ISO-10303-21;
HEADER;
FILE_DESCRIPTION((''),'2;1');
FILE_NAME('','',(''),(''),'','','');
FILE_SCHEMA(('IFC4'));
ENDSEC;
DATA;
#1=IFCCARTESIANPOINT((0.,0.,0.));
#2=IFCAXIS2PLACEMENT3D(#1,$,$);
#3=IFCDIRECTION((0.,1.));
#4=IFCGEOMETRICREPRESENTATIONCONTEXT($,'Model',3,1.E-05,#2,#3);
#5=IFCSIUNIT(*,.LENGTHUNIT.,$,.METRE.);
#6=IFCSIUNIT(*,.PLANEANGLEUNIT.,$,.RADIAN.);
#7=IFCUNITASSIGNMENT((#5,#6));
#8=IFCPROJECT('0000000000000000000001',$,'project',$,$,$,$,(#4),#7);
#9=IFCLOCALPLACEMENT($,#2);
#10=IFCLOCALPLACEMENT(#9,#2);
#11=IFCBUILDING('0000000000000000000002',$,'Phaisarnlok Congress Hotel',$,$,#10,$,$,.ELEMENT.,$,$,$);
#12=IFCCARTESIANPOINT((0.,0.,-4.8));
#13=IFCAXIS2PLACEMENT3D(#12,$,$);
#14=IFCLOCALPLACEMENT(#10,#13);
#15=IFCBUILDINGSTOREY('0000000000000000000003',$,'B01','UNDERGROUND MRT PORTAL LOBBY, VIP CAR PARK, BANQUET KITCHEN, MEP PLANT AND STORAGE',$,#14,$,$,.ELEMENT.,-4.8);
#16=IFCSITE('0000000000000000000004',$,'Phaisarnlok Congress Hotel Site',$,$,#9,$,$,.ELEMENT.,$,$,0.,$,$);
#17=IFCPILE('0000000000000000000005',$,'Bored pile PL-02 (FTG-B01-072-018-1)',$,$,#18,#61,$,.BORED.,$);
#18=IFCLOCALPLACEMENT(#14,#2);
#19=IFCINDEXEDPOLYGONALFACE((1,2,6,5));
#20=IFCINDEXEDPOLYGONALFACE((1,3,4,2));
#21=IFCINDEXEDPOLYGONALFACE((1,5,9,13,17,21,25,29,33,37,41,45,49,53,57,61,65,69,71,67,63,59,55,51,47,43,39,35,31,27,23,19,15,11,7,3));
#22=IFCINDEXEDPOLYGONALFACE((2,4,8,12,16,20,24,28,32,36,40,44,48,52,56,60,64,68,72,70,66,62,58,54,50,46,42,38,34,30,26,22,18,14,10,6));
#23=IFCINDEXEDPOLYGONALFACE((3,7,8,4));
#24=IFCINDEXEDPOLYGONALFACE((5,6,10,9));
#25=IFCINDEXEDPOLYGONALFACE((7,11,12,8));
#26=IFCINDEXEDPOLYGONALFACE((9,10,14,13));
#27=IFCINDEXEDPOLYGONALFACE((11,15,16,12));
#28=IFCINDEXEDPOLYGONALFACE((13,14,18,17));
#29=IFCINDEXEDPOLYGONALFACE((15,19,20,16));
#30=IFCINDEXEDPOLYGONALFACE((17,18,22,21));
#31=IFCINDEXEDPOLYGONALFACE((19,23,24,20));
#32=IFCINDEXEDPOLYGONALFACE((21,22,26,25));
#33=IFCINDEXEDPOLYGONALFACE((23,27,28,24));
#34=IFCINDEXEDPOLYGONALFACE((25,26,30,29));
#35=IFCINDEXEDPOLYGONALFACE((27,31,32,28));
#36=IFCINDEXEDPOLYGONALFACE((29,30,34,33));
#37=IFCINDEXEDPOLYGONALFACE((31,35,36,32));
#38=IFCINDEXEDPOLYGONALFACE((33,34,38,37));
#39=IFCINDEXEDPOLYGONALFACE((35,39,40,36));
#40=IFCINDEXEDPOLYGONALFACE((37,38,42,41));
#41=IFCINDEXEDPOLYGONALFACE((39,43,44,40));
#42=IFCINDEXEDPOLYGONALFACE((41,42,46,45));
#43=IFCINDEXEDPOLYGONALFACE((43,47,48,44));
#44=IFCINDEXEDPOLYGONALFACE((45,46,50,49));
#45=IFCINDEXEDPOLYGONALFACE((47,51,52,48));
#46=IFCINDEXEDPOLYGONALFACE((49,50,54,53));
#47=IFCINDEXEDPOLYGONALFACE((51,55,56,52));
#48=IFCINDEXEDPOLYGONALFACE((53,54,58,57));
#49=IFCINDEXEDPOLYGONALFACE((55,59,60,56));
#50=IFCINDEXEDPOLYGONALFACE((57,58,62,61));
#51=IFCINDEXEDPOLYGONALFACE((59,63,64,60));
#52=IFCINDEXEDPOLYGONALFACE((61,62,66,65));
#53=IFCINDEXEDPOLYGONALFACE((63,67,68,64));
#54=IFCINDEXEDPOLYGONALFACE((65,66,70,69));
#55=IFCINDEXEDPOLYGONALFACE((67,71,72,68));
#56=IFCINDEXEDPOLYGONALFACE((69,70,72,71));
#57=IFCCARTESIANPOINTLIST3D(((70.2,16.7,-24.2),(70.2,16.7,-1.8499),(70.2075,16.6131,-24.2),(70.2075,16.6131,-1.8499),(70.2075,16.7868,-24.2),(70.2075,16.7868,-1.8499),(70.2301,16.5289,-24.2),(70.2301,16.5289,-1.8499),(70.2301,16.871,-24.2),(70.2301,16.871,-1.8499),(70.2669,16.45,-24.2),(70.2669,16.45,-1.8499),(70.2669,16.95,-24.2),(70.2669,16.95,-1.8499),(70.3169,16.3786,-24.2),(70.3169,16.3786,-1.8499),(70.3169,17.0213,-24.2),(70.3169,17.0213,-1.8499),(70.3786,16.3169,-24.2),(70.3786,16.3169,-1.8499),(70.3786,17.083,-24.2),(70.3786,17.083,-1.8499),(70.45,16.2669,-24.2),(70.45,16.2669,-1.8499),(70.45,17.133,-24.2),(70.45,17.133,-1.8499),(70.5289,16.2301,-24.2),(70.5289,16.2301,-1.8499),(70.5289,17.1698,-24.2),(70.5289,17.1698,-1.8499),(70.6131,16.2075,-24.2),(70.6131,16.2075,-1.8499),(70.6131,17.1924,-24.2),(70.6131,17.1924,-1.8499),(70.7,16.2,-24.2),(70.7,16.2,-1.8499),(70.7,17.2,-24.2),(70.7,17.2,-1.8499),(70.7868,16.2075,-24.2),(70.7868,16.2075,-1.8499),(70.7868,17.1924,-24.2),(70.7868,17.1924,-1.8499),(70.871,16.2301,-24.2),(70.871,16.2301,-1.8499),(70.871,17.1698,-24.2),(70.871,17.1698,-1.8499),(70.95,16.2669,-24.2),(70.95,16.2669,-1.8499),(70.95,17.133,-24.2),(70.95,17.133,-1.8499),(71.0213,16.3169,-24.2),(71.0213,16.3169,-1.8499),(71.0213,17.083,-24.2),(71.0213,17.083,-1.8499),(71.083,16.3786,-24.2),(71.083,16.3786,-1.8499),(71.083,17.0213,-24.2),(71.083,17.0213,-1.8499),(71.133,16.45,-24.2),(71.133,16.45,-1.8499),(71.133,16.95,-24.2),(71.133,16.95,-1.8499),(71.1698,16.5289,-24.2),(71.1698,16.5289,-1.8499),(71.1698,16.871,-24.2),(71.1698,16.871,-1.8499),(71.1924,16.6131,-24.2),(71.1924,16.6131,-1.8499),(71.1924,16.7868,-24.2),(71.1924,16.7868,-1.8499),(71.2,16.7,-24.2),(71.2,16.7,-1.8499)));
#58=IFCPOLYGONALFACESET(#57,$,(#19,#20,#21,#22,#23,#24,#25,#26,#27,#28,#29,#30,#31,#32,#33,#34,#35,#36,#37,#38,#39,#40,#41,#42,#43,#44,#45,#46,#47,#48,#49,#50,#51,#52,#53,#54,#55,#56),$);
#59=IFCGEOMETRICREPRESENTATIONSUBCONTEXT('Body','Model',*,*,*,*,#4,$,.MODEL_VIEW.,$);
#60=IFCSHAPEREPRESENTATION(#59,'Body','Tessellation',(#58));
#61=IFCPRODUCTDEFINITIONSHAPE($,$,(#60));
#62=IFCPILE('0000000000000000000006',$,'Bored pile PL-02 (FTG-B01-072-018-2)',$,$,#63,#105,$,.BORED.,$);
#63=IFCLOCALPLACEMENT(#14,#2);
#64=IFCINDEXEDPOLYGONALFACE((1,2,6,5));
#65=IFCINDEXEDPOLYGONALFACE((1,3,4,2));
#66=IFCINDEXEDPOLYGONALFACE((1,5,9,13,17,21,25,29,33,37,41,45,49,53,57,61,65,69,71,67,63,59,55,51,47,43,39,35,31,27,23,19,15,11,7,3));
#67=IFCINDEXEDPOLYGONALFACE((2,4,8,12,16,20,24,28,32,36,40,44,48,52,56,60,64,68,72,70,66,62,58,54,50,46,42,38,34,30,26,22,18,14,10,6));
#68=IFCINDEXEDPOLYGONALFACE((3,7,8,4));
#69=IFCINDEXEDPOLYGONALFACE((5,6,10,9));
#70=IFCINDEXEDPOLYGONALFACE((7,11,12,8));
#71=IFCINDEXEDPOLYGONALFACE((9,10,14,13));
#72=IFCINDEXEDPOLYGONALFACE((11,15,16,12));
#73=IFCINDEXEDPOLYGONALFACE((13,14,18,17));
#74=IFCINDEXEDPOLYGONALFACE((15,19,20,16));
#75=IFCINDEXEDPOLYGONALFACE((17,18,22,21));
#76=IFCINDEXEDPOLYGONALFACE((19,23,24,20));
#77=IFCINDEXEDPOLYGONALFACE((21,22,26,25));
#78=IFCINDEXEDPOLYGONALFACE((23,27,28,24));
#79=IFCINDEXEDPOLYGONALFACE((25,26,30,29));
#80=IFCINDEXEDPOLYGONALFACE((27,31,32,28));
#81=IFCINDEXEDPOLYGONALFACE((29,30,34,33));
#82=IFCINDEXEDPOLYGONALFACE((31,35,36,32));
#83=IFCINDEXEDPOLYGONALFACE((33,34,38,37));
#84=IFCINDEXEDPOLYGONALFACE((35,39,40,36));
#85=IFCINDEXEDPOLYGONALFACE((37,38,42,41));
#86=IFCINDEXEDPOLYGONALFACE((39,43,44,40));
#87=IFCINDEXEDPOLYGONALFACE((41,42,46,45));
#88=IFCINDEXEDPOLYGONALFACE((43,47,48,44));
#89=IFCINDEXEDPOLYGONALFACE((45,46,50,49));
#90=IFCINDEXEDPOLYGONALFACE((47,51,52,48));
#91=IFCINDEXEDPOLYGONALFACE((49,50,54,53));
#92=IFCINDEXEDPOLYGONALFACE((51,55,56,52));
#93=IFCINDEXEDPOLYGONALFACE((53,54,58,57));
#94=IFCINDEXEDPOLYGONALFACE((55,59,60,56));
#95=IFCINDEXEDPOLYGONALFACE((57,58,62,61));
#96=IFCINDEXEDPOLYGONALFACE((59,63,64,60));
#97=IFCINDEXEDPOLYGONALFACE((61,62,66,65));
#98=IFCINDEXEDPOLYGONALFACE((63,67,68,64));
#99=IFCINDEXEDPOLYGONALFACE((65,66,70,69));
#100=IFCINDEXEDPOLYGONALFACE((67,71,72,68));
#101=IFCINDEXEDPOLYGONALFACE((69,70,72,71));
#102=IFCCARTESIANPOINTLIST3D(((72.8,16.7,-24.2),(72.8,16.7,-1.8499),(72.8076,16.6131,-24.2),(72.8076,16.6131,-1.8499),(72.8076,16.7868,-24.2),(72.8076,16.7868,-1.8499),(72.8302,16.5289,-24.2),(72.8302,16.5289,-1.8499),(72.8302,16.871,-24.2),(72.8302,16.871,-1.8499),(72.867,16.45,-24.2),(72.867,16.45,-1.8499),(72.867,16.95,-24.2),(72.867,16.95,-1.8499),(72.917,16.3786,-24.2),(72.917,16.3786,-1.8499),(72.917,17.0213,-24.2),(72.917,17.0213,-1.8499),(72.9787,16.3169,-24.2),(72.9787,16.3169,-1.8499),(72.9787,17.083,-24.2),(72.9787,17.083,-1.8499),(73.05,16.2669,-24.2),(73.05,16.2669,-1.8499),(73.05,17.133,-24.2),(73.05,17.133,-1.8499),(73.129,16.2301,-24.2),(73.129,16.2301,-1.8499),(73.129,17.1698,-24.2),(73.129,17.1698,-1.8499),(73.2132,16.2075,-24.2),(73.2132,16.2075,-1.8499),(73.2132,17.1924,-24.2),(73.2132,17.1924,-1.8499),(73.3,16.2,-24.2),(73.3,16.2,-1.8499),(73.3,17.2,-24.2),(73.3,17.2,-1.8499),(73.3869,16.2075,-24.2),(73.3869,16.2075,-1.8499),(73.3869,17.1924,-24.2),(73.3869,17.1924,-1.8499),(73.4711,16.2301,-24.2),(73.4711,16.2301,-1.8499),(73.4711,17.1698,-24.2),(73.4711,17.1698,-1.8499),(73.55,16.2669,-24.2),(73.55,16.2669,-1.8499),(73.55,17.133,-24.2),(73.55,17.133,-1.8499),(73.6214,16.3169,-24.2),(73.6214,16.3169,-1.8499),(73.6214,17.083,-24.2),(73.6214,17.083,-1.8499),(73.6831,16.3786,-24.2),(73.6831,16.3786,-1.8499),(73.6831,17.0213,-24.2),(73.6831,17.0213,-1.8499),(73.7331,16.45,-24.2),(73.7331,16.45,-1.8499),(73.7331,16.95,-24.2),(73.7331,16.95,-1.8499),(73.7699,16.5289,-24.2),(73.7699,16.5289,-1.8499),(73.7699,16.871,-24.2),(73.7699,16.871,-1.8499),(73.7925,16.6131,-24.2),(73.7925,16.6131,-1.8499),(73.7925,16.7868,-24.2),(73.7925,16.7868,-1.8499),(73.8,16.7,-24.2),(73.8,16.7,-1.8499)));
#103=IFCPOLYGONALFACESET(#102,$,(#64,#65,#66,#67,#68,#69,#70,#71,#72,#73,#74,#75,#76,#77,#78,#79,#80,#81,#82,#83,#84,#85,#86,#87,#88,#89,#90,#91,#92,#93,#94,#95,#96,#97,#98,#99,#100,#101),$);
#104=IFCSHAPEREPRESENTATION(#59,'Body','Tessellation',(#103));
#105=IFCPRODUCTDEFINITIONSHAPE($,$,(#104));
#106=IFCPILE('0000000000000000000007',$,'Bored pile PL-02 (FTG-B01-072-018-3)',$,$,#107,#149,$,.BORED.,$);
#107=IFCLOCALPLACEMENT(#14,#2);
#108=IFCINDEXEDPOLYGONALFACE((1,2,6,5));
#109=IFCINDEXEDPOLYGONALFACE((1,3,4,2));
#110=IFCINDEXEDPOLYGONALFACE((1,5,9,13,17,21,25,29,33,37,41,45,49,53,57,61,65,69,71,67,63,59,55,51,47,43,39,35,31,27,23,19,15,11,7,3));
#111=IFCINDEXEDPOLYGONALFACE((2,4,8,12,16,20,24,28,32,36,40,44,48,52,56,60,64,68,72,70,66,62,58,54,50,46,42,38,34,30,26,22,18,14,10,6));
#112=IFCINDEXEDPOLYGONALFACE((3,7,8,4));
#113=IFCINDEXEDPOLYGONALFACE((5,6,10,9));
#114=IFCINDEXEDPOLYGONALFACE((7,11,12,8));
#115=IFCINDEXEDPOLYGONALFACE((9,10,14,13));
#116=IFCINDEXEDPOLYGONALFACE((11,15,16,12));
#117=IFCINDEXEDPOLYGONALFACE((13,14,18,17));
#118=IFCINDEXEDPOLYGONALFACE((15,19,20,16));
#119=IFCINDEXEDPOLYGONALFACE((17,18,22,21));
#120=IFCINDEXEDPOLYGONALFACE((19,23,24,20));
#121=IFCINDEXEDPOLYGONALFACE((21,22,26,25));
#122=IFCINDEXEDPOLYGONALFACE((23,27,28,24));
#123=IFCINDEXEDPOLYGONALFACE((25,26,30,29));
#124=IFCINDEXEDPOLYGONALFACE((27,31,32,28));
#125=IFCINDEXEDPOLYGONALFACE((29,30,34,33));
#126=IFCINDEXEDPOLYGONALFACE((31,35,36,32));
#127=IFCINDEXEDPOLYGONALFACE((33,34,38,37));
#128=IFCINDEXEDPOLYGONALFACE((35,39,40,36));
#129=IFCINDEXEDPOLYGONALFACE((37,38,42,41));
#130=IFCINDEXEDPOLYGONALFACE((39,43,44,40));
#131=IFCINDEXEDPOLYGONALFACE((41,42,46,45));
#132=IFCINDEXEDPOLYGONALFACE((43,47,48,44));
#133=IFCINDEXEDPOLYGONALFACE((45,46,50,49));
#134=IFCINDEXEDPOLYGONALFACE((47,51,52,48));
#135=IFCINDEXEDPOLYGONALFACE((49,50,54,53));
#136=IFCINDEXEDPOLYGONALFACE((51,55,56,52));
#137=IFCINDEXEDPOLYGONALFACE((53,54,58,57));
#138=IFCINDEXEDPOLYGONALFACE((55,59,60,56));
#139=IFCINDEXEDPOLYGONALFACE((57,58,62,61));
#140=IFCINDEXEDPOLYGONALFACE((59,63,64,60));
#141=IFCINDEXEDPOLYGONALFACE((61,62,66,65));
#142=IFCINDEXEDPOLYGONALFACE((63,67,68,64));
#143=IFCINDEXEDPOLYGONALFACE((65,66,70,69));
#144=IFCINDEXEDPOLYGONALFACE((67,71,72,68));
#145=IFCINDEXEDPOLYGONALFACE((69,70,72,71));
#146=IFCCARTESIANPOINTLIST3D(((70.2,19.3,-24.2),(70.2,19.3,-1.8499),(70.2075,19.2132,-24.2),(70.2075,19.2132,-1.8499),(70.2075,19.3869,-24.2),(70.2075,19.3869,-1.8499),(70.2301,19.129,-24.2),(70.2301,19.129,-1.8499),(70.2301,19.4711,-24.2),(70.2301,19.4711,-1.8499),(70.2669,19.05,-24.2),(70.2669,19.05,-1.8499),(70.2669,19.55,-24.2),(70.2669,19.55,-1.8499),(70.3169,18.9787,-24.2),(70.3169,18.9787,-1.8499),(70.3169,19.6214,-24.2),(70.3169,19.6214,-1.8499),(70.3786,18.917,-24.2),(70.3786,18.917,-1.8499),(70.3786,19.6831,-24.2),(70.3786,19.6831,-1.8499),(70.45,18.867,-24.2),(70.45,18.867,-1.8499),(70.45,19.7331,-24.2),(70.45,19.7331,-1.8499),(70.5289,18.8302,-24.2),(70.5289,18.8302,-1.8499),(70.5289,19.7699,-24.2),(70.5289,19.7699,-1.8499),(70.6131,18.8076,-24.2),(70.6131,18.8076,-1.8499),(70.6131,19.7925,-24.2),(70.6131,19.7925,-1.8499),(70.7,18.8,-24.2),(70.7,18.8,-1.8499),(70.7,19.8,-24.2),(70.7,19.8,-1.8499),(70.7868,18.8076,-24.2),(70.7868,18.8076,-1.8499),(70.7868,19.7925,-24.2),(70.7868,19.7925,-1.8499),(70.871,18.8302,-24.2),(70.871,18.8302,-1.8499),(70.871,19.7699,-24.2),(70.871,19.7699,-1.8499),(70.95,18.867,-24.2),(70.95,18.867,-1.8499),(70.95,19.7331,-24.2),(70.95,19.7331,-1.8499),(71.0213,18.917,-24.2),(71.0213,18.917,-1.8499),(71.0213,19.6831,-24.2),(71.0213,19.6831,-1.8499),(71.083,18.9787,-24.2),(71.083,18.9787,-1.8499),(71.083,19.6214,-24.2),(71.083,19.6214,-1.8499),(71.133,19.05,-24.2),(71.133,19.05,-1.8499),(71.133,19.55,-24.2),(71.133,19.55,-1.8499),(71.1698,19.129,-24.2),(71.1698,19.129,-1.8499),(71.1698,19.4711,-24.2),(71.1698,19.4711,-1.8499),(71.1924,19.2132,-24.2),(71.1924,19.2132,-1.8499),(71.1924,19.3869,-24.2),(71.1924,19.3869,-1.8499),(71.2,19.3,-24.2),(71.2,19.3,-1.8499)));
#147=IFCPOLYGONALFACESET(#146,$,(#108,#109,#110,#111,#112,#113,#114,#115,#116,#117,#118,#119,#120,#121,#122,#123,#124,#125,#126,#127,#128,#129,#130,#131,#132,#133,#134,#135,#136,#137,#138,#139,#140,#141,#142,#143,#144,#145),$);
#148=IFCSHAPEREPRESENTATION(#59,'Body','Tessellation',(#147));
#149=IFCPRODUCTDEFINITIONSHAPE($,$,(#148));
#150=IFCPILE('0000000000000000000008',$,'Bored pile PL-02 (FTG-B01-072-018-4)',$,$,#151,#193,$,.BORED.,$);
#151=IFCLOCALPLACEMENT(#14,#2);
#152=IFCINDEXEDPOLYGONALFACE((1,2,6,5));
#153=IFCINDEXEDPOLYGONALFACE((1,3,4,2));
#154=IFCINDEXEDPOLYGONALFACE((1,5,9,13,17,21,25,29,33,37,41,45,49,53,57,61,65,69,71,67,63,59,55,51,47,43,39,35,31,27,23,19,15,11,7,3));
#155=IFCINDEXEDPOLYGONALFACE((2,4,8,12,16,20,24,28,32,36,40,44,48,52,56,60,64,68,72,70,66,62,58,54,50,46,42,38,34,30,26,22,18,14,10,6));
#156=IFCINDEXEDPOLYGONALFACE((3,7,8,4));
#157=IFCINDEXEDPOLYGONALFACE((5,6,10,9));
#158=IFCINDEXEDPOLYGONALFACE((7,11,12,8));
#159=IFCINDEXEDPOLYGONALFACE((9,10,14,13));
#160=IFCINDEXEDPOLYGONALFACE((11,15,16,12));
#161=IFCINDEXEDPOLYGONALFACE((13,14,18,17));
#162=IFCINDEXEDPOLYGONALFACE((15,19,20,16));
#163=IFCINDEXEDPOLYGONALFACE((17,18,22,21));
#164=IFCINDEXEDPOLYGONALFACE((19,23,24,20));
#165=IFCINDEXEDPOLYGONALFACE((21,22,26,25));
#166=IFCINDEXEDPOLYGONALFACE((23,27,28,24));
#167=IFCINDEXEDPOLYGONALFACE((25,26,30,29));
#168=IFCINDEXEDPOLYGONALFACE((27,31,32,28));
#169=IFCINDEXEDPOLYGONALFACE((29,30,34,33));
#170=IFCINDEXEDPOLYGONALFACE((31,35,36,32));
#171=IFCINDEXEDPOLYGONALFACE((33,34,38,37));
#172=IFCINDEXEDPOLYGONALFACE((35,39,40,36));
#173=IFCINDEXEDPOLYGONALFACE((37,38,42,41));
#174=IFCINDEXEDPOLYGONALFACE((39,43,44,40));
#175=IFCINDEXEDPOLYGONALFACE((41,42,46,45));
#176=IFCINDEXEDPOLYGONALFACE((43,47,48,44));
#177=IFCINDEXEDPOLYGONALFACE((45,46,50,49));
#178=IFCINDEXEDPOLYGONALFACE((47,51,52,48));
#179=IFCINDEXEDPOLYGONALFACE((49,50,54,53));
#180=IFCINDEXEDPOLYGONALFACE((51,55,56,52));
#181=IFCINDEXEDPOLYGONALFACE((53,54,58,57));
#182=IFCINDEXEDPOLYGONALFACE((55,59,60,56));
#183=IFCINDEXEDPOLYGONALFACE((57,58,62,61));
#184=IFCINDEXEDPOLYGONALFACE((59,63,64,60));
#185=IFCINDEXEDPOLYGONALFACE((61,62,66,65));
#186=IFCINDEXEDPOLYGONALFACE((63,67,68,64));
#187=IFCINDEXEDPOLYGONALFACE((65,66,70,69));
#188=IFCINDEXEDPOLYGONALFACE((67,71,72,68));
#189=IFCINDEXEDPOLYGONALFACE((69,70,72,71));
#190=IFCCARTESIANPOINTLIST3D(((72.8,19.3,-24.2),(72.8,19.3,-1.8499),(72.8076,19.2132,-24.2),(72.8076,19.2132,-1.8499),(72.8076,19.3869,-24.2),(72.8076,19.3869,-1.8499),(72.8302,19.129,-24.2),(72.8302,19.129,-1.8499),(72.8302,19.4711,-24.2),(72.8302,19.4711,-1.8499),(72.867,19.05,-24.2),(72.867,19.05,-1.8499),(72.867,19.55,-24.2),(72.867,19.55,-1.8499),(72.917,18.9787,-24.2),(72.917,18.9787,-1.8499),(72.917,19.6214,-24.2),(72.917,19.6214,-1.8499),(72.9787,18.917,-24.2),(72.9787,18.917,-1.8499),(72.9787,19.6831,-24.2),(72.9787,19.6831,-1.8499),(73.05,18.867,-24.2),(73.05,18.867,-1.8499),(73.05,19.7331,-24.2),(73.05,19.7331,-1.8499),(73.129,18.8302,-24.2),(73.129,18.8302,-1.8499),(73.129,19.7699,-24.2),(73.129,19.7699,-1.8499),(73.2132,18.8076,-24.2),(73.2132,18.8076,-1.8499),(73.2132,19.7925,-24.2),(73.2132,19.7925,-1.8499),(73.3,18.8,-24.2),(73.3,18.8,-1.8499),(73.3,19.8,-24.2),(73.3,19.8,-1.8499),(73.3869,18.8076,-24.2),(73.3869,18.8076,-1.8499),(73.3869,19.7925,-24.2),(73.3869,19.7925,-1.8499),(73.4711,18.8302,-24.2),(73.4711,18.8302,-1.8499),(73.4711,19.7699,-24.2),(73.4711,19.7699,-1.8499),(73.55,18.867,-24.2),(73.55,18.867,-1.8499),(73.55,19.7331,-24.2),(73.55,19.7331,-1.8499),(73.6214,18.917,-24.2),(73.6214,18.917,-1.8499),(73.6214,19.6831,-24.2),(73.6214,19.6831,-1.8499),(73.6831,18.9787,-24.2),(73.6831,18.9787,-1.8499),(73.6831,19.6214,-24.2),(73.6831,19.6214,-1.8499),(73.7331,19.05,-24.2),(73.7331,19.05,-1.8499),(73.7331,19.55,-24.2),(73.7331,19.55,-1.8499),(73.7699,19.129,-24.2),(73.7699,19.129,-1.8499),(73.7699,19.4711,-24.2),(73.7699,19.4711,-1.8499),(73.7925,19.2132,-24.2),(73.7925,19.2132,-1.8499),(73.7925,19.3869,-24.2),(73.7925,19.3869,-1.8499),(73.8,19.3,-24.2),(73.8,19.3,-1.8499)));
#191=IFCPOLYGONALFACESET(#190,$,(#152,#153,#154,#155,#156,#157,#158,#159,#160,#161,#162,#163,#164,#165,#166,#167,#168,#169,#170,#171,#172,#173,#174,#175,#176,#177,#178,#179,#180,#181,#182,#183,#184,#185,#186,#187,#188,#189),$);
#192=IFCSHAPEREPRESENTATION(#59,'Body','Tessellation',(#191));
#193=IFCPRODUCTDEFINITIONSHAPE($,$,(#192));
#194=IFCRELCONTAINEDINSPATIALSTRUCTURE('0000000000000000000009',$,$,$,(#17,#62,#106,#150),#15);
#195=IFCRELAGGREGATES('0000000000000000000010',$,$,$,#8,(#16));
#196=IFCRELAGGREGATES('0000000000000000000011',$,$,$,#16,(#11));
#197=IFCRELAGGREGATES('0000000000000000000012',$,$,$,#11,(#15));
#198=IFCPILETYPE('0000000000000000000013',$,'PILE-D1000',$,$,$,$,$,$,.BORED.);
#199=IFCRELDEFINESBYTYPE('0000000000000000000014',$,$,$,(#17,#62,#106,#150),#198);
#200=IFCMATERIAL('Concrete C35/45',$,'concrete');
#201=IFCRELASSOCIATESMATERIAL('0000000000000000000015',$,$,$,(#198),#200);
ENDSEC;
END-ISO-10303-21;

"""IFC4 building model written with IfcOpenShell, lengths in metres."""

from ifc_helpers import new_model, si_unit, direction, frame, origin, origin_2d, place, context, subcontext, project, spatial, circle, extrude, material, material_profile, profile_set, type_object, element, save


model = new_model("IFC4")

# Units and contexts
model_context = context("Model", 3, precision=1e-05, world=origin(), true_north=direction((0.0, 1.0)))
body_context = subcontext(model_context, "Body", "Model", "MODEL_VIEW")
ifc_project = project(units=[si_unit("LENGTHUNIT", "METRE"), si_unit("PLANEANGLEUNIT", "RADIAN")], contexts=[model_context])

# Site, building, storey
site_placement = place(None, origin())
site = spatial("IfcSite", under=ifc_project, at=site_placement, Name="Phaisarnlok Congress Hotel Site", CompositionType="ELEMENT", RefElevation=0.0)
building_placement = place(site_placement, origin())
building = spatial("IfcBuilding", under=site, at=building_placement, Name="Phaisarnlok Congress Hotel", CompositionType="ELEMENT")
storey_placement = place(building_placement, frame((0.0, 0.0, -4.8)))
storey = spatial("IfcBuildingStorey", under=building, at=storey_placement, Name="B01", Description="UNDERGROUND MRT PORTAL LOBBY, VIP CAR PARK, BANQUET KITCHEN, MEP PLANT AND STORAGE", CompositionType="ELEMENT", Elevation=-4.8)

# Piles
ifc_material_1 = material(Name="Concrete C35/45", Category="concrete")
ifc_material_profile_1 = material_profile(ifc_material_1, circle(Radius=0.5, at=origin_2d()), Name="BORED PILE D1000")
ifc_profile_set_1 = profile_set([ifc_material_profile_1], Name="Concrete C35/45")
pile_type_1 = type_object("IfcPileType", Name="PILE-D1000", PredefinedType="BORED", material=ifc_profile_set_1)
for number, where, z_axis, x_axis, name in (
    (1, (70.7, 16.7, -1.8499), (0.0, 0.0, -1.0), (1.0, 0.0, 0.0), "Bored pile PL-02 (FTG-B01-072-018-1)"),
    (2, (73.3, 16.7, -1.8499), (0.0, 0.0, -1.0), (1.0, 0.0, 0.0), "Bored pile PL-02 (FTG-B01-072-018-2)"),
    (3, (70.7, 19.3, -1.8499), (0.0, 0.0, -1.0), (1.0, 0.0, 0.0), "Bored pile PL-02 (FTG-B01-072-018-3)"),
    (4, (73.3, 19.3, -1.8499), (0.0, 0.0, -1.0), (1.0, 0.0, 0.0), "Bored pile PL-02 (FTG-B01-072-018-4)"),
):
    element("IfcPile", number, at=place(storey_placement, frame(where, z_axis=z_axis, x_axis=x_axis)), inside=storey, type_object=pile_type_1, Name=name, PredefinedType="BORED", context=body_context, shape_type="SweptSolid", body=[
        extrude(circle(Radius=0.5, at=origin_2d()), origin(), (0.0, 0.0, 1.0), 22.3501),
    ])

save(model, "model.ifc")
